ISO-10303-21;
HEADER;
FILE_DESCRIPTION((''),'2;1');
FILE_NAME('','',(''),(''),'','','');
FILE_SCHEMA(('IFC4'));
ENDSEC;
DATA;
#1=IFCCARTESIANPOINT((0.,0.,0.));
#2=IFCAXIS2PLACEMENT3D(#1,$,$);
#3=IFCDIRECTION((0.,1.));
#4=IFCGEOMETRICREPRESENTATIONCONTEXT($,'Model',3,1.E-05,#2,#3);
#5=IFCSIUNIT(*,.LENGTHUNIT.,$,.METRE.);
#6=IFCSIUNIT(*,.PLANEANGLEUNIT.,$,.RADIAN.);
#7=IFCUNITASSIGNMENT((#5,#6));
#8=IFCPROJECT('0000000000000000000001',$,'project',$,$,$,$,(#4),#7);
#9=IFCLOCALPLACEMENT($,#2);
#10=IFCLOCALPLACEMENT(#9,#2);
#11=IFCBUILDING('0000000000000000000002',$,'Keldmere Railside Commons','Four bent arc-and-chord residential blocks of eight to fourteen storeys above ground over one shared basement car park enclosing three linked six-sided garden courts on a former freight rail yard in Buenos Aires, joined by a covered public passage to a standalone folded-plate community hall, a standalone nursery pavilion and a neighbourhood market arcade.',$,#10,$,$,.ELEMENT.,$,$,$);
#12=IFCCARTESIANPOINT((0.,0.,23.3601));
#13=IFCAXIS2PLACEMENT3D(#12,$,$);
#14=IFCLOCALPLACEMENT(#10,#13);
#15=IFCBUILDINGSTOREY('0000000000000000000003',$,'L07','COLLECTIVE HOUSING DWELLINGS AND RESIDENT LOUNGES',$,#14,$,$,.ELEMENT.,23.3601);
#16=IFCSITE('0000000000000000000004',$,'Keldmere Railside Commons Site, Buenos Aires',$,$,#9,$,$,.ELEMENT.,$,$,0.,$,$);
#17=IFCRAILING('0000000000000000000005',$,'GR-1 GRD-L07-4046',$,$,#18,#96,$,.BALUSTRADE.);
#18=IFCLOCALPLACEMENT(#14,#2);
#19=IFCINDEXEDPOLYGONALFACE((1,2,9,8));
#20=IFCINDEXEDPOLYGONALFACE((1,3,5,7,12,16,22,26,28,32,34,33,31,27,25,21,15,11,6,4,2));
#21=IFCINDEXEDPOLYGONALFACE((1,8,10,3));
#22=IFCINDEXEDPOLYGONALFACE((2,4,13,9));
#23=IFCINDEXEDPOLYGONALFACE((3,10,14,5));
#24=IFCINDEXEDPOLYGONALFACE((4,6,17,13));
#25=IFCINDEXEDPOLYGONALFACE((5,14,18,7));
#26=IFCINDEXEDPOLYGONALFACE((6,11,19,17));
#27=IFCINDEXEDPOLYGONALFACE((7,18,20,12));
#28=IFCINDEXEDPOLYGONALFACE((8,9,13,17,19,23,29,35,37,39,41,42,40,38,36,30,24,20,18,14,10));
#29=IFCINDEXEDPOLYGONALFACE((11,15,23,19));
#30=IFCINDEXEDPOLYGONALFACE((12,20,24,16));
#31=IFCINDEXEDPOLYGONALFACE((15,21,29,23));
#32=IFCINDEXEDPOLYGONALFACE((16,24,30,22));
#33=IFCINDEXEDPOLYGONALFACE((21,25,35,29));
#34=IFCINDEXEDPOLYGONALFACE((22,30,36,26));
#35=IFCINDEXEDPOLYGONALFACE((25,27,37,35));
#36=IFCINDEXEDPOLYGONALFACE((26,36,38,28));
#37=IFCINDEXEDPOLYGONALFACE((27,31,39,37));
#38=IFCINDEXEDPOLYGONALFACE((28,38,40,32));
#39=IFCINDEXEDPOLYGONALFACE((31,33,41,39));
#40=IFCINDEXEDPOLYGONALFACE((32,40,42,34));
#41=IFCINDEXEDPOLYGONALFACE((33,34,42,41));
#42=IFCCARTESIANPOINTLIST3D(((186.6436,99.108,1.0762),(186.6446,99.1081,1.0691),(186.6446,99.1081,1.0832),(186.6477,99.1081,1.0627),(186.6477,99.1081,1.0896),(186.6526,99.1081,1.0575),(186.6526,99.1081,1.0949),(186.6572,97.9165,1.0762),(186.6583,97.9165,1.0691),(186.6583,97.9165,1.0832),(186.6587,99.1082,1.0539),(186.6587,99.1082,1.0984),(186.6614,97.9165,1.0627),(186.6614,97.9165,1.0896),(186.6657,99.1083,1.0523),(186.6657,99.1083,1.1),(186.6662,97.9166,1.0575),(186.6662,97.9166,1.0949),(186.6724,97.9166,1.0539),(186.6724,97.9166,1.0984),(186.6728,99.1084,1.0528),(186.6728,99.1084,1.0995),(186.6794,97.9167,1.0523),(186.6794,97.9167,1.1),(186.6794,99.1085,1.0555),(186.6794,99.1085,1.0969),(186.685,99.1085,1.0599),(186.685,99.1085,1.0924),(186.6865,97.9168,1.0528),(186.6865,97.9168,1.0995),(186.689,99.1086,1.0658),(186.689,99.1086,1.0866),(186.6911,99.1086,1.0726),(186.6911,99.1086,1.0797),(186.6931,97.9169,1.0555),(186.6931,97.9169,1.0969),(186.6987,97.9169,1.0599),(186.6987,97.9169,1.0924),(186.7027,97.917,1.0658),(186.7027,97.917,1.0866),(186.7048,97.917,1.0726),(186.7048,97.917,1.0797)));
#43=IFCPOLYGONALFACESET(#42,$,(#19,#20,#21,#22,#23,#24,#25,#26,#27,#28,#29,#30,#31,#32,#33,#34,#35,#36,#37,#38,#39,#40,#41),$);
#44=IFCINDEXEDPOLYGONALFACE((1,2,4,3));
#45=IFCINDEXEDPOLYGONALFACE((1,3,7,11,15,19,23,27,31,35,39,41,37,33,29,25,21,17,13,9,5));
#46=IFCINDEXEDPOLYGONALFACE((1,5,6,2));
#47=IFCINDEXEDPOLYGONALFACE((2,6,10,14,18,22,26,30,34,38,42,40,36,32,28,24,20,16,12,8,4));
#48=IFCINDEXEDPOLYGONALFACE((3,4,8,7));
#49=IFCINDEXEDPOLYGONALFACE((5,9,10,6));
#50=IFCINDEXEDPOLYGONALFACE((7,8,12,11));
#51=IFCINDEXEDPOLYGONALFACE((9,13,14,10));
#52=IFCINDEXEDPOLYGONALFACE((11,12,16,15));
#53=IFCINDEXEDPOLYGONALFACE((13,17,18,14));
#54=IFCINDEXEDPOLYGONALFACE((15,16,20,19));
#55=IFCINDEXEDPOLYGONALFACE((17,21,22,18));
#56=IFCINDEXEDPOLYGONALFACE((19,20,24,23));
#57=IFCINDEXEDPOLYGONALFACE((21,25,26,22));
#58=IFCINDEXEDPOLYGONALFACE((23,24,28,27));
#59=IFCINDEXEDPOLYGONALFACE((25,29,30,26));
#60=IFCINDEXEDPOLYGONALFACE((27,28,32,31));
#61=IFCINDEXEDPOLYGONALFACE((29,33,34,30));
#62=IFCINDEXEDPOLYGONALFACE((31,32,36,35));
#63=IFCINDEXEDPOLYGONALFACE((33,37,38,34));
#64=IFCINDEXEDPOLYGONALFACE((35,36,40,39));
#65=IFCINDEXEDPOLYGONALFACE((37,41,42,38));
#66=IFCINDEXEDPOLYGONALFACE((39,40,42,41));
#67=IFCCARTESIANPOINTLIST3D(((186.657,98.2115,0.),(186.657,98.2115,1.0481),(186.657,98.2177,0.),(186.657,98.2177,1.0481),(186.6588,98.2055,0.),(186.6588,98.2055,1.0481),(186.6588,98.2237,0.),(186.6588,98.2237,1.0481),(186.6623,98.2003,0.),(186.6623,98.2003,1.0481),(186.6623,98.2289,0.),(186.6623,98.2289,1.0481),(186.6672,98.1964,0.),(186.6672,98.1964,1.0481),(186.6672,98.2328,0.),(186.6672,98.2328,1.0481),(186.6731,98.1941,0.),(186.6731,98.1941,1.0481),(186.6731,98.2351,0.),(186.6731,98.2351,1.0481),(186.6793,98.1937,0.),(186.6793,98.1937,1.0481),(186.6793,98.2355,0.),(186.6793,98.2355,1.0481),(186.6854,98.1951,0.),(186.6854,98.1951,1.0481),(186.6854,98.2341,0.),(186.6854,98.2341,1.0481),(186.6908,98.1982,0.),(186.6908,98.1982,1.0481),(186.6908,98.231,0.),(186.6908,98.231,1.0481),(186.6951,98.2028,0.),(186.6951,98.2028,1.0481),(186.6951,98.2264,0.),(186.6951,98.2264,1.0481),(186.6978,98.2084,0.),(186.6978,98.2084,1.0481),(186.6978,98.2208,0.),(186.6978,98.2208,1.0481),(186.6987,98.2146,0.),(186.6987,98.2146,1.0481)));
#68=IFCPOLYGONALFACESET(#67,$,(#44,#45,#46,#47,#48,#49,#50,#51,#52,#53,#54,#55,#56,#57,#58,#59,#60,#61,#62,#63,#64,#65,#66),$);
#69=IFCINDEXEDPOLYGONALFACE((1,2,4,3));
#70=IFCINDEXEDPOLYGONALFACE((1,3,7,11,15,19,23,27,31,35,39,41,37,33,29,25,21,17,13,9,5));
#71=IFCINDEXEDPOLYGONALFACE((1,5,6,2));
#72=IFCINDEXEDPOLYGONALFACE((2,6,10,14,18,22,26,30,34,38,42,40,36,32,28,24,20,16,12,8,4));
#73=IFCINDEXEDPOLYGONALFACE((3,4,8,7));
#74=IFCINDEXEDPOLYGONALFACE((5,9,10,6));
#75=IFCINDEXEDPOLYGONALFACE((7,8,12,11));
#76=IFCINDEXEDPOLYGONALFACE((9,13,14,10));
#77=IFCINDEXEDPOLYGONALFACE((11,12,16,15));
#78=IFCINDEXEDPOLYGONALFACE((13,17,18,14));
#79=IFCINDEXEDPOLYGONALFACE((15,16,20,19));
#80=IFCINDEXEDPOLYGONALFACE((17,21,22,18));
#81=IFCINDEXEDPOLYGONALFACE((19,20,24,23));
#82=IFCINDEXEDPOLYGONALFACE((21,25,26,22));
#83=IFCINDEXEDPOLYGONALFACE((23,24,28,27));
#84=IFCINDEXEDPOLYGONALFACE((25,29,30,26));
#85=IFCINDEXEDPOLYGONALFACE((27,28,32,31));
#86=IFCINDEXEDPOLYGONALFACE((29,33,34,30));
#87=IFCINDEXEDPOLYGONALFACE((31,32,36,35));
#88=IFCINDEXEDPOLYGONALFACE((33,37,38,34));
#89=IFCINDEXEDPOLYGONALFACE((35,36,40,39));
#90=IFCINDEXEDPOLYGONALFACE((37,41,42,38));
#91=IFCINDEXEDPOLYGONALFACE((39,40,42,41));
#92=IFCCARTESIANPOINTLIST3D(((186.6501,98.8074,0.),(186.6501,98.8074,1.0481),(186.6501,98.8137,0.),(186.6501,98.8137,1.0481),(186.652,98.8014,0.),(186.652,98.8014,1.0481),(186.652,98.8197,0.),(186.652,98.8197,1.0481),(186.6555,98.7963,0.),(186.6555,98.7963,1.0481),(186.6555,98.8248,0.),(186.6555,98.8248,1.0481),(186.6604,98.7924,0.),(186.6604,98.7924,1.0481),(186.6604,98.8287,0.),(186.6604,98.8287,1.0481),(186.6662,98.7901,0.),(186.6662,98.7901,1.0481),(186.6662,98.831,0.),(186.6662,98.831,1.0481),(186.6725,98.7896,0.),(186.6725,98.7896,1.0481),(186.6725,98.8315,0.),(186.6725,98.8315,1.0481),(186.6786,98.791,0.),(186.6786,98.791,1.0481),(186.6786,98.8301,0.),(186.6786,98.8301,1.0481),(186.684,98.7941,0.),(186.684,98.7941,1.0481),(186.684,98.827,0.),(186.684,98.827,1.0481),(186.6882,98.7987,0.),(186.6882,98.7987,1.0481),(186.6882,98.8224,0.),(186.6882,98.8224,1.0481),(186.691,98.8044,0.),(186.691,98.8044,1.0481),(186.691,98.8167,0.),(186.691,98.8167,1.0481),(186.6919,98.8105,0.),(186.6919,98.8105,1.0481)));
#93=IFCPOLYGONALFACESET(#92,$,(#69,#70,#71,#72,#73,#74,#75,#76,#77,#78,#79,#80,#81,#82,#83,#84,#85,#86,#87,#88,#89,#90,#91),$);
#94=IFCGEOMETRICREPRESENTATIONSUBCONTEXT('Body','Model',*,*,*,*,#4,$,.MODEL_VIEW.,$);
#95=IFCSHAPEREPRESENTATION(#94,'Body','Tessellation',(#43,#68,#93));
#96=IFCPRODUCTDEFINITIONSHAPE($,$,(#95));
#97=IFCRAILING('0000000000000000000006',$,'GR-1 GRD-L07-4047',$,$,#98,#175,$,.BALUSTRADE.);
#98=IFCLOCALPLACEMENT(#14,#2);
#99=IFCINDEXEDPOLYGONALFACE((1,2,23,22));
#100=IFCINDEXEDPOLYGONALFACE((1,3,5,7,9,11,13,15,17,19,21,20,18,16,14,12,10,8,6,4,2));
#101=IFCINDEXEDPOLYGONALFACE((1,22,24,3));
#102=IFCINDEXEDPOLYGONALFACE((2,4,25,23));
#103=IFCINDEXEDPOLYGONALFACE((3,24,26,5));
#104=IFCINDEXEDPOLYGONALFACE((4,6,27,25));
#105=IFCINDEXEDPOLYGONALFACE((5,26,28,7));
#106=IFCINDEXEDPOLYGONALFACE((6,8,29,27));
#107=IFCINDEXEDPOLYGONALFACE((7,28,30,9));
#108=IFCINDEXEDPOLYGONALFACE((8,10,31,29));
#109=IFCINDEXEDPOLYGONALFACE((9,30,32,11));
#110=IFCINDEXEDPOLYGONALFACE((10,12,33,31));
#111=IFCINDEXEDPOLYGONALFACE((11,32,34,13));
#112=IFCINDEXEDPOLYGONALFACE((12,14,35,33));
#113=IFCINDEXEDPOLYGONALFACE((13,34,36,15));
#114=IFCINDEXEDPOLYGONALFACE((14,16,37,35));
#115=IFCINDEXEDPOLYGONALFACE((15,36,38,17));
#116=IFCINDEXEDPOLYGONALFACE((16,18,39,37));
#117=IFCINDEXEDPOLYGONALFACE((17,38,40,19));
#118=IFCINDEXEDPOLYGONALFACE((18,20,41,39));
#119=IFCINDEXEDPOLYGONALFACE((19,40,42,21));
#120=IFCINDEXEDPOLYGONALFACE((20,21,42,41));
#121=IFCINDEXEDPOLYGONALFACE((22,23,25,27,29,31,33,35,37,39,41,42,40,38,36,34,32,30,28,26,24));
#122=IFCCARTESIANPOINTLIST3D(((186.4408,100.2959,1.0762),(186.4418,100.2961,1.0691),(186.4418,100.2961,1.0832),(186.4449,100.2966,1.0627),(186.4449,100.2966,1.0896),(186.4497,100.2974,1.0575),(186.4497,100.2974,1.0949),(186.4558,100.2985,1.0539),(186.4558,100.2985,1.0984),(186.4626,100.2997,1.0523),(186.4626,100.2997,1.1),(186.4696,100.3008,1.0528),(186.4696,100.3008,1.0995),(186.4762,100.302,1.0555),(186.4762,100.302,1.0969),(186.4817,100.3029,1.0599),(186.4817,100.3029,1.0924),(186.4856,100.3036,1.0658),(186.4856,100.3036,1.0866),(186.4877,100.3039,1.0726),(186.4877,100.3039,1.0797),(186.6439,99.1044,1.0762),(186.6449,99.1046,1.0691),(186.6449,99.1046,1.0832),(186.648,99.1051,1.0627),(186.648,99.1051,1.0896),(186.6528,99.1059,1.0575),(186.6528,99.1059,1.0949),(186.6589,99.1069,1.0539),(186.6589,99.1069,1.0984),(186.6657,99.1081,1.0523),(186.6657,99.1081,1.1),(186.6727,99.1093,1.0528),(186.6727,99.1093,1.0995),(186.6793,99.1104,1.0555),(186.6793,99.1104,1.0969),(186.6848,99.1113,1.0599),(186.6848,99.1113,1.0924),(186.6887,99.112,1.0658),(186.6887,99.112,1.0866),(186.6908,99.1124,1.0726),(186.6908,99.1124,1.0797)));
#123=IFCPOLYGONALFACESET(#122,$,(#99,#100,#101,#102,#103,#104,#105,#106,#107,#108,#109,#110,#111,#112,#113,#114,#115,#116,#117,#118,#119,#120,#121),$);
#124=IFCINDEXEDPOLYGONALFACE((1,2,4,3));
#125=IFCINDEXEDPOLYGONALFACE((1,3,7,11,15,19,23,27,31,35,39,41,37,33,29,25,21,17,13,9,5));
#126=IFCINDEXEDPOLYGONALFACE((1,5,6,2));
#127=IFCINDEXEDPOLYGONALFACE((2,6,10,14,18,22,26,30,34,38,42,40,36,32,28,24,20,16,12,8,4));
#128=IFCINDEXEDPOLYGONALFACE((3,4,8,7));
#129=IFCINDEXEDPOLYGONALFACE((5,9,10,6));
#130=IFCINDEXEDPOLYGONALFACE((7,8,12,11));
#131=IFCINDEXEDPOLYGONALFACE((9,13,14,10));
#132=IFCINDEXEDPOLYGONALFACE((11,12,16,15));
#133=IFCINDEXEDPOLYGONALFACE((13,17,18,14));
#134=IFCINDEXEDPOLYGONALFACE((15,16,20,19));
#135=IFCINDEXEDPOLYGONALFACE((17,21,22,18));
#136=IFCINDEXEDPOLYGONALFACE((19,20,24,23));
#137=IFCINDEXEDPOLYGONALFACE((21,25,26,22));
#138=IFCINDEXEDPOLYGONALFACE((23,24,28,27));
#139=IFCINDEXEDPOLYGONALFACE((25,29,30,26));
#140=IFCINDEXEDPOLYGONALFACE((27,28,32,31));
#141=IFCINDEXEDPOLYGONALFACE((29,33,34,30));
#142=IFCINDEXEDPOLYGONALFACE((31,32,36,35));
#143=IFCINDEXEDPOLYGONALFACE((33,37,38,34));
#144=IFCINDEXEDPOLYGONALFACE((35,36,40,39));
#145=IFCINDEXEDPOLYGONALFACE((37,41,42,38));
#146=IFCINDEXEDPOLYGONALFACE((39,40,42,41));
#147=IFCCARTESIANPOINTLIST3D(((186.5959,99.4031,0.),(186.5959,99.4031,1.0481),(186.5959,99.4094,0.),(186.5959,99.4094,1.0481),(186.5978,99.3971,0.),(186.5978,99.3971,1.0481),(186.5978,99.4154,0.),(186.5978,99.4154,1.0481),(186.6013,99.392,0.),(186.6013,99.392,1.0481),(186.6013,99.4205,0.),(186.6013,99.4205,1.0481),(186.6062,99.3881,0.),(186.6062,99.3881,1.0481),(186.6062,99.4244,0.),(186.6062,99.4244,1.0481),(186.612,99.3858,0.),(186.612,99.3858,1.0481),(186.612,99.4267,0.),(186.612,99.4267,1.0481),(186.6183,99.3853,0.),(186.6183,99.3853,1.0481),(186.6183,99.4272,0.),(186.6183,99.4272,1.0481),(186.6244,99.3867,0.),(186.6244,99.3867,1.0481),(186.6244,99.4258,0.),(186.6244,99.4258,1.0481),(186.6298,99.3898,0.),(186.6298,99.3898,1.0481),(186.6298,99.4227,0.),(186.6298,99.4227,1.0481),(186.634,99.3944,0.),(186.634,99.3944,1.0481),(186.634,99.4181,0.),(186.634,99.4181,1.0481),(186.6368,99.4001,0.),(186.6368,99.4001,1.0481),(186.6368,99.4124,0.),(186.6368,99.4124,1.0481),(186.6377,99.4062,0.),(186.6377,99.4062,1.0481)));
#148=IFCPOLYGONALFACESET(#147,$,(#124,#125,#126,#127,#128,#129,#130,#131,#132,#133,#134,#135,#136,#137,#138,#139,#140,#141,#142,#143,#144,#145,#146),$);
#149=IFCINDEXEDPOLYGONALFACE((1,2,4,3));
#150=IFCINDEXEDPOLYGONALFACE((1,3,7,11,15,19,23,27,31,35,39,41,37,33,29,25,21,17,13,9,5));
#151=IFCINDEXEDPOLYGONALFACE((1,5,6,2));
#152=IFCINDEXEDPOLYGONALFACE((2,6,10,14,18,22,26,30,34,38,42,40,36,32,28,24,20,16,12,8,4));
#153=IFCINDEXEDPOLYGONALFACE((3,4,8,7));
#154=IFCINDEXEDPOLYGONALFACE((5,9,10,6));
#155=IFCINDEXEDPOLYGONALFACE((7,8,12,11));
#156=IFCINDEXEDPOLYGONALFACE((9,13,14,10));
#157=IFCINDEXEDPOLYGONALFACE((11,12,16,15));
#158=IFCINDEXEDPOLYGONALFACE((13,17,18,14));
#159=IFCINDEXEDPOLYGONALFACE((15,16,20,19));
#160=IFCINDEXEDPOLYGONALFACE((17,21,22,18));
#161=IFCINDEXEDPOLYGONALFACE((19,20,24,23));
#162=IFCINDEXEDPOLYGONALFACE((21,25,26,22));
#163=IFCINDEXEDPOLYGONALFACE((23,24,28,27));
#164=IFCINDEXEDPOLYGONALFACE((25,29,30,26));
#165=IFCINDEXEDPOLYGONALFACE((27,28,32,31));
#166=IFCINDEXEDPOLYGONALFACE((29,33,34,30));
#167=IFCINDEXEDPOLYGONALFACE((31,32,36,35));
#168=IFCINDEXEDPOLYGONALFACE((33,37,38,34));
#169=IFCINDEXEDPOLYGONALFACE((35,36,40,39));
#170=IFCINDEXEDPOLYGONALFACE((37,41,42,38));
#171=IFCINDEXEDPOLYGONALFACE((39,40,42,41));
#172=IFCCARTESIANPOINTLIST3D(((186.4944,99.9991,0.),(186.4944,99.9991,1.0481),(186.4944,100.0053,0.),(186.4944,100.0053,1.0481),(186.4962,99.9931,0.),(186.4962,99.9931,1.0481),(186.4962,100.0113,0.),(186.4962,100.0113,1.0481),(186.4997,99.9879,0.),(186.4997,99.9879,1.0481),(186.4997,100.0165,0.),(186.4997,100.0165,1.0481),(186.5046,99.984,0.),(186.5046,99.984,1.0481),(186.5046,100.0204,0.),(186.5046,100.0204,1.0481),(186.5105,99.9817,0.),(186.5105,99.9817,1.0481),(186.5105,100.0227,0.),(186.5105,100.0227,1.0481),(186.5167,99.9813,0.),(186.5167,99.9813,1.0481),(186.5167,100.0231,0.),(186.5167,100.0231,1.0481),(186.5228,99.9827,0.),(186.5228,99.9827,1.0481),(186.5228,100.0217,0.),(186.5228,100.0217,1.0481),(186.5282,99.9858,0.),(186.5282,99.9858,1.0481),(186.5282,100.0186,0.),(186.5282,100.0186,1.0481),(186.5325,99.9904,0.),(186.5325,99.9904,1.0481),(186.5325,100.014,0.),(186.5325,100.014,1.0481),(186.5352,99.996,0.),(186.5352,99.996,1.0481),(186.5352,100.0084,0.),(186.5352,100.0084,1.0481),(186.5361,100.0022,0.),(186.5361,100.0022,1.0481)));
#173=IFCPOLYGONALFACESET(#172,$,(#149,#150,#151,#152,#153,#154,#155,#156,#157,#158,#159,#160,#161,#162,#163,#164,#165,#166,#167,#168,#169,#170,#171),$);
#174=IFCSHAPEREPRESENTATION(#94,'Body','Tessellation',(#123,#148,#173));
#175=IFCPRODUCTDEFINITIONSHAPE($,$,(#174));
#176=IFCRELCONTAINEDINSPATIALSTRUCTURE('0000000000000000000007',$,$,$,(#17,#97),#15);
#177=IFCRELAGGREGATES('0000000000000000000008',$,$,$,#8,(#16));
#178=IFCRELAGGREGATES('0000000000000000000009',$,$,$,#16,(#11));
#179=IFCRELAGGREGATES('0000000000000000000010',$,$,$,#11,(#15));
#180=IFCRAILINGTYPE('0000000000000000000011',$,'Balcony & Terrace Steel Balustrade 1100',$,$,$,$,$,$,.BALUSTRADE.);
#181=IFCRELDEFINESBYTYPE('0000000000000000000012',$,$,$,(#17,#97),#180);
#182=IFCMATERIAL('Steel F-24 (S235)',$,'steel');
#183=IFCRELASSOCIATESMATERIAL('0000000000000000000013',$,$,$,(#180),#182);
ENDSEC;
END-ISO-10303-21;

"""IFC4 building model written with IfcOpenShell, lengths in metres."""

from ifc_helpers import new_model, si_unit, direction, frame, origin, origin_2d, place, context, subcontext, project, spatial, circle, extrude, material, type_object, element, save


model = new_model("IFC4")

# Units and contexts
model_context = context("Model", 3, precision=1e-05, world=origin(), true_north=direction((0.0, 1.0)))
body_context = subcontext(model_context, "Body", "Model", "MODEL_VIEW")
ifc_project = project(units=[si_unit("LENGTHUNIT", "METRE"), si_unit("PLANEANGLEUNIT", "RADIAN")], contexts=[model_context])

# Site, building, storey
site_placement = place(None, origin())
site = spatial("IfcSite", under=ifc_project, at=site_placement, Name="Keldmere Railside Commons Site, Buenos Aires", CompositionType="ELEMENT", RefElevation=0.0)
building_placement = place(site_placement, origin())
building = spatial("IfcBuilding", under=site, at=building_placement, Name="Keldmere Railside Commons", Description="Four bent arc-and-chord residential blocks of eight to fourteen storeys above ground over one shared basement car park enclosing three linked six-sided garden courts on a former freight rail yard in Buenos Aires, joined by a covered public passage to a standalone folded-plate community hall, a standalone nursery pavilion and a neighbourhood market arcade.", CompositionType="ELEMENT")
storey_placement = place(building_placement, frame((0.0, 0.0, 23.3601)))
storey = spatial("IfcBuildingStorey", under=building, at=storey_placement, Name="L07", Description="COLLECTIVE HOUSING DWELLINGS AND RESIDENT LOUNGES", CompositionType="ELEMENT", Elevation=23.3601)

# Railings
ifc_material_1 = material(Name="Steel F-24 (S235)", Category="steel")
railing_type = type_object("IfcRailingType", Name="Balcony & Terrace Steel Balustrade 1100", PredefinedType="BALUSTRADE", material=ifc_material_1)
railing_1_placement = place(storey_placement, frame((186.6812, 97.9167, 0.0)))
element("IfcRailing", 1, at=railing_1_placement, inside=storey, type_object=railing_type, Name="GR-1 GRD-L07-4046", PredefinedType="BALUSTRADE", context=body_context, shape_type="SweptSolid", body=[
    extrude(circle(Radius=0.0239, at=origin_2d()), frame((0.0, 0.0, 1.0762), z_axis=(-0.011472, 0.999934, 0.0), x_axis=(-0.999934, -0.011472, 0.0)), (0.0, 0.0, 1.0), 1.1917),
    extrude(circle(Radius=0.021, at=origin_2d()), frame((-0.0034, 0.2979, 0.0)), (0.0, 0.0, 1.0), 1.0481),
    extrude(circle(Radius=0.021, at=origin_2d()), frame((-0.0103, 0.8938, 0.0)), (0.0, 0.0, 1.0), 1.0481),
])
railing_2_placement = place(storey_placement, frame((186.6675, 99.1084, 0.0)))
element("IfcRailing", 2, at=railing_2_placement, inside=storey, type_object=railing_type, Name="GR-1 GRD-L07-4047", PredefinedType="BALUSTRADE", context=body_context, shape_type="SweptSolid", body=[
    extrude(circle(Radius=0.0239, at=origin_2d()), frame((0.0, 0.0, 1.0762), z_axis=(-0.168033, 0.985781, 0.0), x_axis=(-0.985781, -0.168033, 0.0)), (0.0, 0.0, 1.0), 1.2087),
    extrude(circle(Radius=0.021, at=origin_2d()), frame((-0.0508, 0.2979, 0.0)), (0.0, 0.0, 1.0), 1.0481),
    extrude(circle(Radius=0.021, at=origin_2d()), frame((-0.1523, 0.8938, 0.0)), (0.0, 0.0, 1.0), 1.0481),
])

save(model, "model.ifc")
